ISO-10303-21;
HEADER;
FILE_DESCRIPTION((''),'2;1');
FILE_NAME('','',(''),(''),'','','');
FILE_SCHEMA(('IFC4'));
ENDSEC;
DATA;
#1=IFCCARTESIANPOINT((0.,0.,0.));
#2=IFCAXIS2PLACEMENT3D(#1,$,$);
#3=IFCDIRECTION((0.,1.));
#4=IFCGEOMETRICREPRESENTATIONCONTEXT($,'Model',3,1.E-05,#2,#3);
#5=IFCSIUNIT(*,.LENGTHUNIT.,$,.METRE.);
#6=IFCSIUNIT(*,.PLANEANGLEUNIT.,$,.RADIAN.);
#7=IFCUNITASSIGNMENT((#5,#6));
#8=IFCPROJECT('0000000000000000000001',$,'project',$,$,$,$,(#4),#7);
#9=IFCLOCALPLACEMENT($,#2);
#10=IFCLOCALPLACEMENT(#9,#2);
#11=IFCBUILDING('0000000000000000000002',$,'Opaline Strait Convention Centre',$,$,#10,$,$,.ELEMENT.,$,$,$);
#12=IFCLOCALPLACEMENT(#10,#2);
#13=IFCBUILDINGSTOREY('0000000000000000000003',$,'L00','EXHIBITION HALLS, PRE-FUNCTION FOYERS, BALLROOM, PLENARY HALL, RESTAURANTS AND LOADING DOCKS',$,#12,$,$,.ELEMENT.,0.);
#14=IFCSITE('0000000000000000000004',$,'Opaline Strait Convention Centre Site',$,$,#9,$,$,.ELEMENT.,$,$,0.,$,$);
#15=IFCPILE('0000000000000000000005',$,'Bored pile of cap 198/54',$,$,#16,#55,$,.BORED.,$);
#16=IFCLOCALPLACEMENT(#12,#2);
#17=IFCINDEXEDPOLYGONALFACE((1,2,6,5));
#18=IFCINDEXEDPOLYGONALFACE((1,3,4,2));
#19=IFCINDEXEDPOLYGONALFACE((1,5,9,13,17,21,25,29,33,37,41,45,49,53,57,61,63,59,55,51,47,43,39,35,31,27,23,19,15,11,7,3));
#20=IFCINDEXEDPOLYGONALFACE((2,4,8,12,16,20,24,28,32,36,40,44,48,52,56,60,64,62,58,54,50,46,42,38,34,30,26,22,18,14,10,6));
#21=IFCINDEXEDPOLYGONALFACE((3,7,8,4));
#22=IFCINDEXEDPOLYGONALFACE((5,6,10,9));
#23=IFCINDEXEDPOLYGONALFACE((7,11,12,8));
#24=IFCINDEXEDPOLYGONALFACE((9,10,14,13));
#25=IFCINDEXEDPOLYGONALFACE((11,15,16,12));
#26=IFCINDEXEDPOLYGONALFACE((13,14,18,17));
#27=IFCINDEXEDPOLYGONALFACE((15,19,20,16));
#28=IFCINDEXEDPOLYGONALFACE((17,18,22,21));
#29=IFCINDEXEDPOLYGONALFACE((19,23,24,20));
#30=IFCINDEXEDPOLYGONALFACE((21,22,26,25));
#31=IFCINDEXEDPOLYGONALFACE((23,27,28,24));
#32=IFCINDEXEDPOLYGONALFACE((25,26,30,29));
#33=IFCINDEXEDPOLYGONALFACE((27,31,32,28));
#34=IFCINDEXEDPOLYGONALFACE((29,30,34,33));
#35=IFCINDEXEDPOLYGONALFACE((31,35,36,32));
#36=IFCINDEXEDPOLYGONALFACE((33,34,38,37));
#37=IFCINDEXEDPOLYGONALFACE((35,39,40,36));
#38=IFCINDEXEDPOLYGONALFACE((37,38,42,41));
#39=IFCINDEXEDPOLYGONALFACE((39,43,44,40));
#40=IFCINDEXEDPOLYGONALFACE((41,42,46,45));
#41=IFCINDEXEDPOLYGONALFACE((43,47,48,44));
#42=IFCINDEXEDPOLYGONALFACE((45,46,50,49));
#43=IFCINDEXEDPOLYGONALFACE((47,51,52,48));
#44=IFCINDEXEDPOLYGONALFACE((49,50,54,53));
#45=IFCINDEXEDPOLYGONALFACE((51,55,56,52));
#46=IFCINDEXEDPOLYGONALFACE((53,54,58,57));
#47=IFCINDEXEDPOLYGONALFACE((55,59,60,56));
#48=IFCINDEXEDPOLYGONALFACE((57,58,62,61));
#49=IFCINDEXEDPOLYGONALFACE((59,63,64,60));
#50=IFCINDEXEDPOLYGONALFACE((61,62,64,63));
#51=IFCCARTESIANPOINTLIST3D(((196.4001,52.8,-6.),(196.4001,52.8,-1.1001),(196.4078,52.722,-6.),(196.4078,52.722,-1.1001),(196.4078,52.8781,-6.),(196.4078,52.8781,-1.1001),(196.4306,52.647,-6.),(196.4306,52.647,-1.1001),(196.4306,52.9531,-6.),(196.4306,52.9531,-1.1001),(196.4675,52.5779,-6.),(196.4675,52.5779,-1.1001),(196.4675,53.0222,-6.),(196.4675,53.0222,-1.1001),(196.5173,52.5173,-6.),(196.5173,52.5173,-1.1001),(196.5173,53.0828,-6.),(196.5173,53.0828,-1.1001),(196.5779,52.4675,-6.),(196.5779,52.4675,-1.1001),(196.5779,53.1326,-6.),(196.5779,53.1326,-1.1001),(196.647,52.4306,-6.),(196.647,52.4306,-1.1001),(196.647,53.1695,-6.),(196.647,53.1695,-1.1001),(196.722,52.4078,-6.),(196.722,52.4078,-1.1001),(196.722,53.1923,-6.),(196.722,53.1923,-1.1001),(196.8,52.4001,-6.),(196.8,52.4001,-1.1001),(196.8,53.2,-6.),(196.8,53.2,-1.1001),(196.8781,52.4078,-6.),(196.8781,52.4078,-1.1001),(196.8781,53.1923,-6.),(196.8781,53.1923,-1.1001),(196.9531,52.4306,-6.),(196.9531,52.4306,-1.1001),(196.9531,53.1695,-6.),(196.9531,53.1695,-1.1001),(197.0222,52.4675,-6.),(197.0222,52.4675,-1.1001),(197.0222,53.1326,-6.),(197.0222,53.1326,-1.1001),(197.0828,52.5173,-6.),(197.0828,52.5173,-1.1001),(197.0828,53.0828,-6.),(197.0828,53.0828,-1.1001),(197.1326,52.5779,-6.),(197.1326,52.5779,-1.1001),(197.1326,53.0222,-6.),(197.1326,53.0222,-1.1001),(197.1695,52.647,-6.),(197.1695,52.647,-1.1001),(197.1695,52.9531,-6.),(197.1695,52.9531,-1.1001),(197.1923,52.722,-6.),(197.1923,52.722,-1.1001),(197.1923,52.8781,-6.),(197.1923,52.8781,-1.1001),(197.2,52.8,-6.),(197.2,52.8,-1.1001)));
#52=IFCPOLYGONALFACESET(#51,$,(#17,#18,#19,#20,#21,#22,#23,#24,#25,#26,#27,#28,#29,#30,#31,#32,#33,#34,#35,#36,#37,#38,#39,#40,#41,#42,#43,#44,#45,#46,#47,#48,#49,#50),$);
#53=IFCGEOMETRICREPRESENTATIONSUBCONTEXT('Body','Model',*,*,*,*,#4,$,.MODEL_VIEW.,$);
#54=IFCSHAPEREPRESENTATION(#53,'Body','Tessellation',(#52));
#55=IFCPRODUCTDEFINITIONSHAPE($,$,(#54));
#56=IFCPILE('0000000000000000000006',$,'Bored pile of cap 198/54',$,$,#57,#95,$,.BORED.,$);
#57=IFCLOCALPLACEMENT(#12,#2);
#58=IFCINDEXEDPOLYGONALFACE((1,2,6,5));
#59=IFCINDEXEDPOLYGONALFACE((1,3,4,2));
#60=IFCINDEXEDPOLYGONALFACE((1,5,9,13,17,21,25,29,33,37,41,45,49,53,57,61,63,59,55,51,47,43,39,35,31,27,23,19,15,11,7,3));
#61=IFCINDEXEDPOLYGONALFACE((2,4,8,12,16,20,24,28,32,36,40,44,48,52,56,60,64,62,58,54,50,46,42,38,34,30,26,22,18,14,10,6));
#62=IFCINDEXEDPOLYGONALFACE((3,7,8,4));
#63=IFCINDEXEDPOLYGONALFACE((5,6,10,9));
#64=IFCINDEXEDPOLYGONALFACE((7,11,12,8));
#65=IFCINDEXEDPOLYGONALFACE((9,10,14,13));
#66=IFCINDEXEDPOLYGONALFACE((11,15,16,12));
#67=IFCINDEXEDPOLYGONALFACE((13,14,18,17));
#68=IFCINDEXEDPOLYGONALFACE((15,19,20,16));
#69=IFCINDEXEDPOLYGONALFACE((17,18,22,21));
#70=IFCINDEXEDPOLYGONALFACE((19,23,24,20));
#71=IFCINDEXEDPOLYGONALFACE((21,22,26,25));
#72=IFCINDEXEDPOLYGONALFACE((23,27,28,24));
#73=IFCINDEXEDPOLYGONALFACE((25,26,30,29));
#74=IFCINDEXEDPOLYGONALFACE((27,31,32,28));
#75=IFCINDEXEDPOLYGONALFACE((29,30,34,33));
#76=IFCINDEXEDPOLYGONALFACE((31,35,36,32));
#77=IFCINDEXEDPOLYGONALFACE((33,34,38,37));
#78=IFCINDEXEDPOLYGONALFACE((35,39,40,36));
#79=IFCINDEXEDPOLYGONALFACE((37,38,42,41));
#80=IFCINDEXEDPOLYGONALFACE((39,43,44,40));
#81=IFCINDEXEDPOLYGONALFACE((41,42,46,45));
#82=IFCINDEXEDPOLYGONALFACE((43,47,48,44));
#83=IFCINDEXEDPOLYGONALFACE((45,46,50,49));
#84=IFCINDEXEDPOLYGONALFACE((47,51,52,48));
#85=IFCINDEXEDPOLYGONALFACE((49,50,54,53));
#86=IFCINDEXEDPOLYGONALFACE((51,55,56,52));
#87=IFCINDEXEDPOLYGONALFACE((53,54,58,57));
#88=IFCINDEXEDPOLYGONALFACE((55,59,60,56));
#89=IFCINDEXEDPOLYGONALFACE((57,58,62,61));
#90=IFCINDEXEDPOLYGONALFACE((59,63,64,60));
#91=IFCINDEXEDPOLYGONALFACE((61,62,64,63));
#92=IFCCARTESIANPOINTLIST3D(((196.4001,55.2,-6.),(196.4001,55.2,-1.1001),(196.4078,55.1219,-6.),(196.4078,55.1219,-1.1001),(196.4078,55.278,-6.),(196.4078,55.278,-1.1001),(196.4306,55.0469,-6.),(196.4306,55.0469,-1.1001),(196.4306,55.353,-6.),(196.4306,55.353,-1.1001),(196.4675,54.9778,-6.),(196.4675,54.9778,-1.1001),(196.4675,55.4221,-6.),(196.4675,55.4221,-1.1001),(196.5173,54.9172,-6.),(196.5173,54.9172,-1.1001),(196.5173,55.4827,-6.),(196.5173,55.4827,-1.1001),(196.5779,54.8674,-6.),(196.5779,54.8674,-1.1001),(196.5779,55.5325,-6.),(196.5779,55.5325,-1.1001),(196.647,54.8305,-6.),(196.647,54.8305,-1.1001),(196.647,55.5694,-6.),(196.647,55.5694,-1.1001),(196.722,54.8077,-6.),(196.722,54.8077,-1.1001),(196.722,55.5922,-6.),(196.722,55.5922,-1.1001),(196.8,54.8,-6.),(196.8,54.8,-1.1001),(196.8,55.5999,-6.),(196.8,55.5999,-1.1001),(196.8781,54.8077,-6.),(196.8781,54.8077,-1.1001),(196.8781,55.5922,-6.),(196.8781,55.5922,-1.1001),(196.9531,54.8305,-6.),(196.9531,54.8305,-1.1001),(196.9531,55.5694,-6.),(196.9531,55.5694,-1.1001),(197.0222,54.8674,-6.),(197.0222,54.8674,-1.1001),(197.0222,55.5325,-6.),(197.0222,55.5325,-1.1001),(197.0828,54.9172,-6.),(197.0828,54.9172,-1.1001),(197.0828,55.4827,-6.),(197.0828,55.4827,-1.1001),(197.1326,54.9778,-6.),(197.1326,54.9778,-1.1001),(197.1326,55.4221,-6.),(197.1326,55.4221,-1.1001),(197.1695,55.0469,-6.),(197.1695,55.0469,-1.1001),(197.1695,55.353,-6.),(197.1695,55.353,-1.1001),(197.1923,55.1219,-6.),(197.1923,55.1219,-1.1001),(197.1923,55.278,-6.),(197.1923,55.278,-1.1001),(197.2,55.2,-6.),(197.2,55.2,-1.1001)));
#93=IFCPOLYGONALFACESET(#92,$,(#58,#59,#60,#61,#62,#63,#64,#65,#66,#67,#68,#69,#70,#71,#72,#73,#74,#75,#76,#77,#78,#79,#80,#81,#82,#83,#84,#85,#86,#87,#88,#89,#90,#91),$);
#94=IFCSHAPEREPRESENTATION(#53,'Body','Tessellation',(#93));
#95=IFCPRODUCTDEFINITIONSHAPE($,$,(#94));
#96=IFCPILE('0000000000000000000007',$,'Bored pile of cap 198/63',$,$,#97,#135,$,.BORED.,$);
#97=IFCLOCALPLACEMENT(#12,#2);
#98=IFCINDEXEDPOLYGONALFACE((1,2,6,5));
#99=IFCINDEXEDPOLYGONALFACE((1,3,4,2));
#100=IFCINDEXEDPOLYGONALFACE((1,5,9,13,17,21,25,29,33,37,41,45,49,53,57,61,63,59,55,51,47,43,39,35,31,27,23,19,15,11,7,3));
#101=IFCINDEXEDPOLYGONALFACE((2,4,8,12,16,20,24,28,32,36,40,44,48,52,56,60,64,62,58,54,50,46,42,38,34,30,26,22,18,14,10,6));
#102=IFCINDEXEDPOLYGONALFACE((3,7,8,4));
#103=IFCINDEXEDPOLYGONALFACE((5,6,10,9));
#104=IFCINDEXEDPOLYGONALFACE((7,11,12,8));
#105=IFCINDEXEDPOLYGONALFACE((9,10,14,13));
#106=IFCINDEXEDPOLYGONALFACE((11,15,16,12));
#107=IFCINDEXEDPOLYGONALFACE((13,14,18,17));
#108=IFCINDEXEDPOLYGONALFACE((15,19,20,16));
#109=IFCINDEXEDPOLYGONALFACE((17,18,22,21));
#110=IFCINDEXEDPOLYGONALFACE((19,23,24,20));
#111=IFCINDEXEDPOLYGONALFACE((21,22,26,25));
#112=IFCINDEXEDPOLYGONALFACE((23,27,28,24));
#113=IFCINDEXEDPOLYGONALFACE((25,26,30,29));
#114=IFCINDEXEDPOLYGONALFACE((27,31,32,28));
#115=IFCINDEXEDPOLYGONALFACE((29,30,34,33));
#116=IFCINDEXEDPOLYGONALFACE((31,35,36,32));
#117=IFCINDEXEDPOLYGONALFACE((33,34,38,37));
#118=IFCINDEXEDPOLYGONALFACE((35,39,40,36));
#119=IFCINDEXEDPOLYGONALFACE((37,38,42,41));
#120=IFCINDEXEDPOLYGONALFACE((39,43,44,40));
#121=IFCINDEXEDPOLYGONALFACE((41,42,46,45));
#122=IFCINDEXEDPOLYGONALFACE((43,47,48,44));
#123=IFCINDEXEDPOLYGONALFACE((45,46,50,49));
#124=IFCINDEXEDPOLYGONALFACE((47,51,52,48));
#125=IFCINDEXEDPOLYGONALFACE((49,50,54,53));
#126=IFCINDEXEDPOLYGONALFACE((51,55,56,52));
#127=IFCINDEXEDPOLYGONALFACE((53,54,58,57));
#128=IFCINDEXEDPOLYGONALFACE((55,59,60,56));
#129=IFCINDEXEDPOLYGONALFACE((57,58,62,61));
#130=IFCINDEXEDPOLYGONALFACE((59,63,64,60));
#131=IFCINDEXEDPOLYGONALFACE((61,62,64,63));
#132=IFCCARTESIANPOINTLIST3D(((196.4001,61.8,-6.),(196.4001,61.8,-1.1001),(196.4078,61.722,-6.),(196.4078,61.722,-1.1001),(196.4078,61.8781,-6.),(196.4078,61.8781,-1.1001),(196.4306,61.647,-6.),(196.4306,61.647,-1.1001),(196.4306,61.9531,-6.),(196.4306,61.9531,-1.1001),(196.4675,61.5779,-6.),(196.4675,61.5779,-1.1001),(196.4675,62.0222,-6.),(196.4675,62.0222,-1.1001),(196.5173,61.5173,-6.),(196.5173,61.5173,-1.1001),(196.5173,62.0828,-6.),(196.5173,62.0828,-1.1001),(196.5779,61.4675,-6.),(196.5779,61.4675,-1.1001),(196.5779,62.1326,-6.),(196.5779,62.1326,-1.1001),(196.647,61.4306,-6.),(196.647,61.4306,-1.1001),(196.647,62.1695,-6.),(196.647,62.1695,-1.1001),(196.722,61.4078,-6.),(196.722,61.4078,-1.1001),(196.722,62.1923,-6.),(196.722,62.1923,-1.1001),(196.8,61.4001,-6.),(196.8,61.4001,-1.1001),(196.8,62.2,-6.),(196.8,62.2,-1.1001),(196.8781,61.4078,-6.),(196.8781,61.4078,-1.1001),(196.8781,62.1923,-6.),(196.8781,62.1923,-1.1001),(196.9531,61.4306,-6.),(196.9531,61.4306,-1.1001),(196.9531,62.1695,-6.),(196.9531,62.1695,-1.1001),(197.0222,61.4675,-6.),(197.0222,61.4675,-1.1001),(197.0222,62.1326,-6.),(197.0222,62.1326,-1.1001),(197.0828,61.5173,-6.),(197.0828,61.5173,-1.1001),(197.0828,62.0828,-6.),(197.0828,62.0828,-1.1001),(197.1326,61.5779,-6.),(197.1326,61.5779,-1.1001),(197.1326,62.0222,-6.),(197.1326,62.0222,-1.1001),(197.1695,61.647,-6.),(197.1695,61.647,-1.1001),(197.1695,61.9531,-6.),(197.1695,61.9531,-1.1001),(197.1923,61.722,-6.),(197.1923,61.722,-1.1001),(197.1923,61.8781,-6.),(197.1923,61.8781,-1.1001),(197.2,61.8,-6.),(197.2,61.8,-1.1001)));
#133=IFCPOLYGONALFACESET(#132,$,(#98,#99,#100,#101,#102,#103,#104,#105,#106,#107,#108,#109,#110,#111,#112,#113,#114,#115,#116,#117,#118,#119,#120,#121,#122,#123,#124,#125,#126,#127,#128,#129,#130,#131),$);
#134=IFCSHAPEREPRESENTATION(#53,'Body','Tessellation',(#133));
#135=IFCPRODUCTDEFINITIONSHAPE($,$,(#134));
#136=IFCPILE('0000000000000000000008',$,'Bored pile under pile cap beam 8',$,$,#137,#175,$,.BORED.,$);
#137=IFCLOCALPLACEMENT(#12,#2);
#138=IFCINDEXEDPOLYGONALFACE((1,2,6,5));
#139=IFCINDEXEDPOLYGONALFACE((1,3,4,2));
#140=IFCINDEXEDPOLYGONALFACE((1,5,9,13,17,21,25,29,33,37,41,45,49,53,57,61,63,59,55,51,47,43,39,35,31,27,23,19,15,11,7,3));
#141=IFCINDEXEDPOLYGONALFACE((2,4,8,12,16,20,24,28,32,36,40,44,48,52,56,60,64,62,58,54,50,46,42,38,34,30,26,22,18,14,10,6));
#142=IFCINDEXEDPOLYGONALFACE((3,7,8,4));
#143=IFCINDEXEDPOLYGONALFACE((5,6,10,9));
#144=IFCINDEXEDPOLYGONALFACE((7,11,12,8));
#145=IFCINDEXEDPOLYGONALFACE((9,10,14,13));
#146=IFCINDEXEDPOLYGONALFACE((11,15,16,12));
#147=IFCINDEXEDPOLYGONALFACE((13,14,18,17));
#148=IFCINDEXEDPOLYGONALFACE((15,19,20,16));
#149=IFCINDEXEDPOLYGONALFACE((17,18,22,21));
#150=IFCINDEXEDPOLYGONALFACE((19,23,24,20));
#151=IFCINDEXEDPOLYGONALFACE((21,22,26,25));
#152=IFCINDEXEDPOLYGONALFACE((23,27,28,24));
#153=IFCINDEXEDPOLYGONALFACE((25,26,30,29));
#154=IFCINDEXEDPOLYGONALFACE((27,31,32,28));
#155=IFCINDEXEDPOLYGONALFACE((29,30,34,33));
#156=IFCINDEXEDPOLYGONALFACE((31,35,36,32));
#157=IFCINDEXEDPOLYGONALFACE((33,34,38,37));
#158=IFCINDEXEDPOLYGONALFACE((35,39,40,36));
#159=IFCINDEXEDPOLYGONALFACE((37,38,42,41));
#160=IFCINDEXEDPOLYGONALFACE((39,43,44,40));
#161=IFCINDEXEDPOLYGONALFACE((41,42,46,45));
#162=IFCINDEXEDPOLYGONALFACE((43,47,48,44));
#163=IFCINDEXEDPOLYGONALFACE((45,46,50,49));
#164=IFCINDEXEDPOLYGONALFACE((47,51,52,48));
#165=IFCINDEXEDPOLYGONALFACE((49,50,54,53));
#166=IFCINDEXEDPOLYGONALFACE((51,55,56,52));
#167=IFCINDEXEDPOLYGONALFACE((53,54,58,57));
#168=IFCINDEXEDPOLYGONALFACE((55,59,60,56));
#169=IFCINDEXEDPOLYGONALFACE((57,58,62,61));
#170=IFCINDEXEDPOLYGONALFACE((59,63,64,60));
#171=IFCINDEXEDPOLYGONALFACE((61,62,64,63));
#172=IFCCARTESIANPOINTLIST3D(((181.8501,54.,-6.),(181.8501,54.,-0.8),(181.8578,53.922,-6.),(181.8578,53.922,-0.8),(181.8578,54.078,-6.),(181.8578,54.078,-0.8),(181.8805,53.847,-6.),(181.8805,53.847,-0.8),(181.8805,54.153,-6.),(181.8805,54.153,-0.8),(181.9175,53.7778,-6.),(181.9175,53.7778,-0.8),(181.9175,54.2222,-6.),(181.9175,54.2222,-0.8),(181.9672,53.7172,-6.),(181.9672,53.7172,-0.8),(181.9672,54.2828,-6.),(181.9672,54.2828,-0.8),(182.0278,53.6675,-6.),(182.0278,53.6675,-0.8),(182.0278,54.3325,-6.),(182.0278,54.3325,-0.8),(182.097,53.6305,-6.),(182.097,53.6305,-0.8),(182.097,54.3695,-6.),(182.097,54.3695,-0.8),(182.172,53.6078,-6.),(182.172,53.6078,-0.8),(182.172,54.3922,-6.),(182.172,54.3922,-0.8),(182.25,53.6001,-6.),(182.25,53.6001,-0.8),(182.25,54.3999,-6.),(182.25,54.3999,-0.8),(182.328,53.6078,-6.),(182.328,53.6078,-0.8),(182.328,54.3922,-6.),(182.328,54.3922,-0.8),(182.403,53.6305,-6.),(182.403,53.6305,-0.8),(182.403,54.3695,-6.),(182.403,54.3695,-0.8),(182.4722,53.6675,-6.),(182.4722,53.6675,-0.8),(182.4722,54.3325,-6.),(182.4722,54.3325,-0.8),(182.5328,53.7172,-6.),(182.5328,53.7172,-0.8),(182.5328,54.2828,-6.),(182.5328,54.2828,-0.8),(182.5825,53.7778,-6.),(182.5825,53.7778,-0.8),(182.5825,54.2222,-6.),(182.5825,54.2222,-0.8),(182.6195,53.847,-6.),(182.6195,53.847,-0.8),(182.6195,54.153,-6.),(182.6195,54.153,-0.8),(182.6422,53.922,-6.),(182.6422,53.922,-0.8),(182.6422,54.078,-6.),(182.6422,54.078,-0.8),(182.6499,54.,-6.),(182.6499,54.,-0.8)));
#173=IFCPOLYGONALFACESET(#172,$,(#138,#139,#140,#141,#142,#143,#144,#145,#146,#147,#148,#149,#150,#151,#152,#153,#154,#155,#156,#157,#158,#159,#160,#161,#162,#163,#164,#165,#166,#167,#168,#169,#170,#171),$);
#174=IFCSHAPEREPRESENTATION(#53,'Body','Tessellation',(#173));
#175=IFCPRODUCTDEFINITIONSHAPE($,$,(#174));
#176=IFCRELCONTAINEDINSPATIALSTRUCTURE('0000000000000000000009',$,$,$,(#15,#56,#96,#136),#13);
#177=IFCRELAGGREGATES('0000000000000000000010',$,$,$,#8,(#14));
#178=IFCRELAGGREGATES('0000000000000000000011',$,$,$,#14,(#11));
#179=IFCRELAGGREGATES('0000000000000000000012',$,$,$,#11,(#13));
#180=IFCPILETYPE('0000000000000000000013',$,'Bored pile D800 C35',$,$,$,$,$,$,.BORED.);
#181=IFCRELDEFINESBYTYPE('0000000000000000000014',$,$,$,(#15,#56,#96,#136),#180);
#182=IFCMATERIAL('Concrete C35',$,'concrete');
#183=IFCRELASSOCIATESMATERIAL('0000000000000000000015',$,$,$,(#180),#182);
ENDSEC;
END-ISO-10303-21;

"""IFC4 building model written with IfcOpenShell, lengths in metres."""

from ifc_helpers import new_model, si_unit, direction, frame, origin, origin_2d, place, context, subcontext, project, spatial, circle, extrude, material, material_profile, profile_set, type_object, element, save


model = new_model("IFC4")

# Units and contexts
model_context = context("Model", 3, precision=1e-05, world=origin(), true_north=direction((0.0, 1.0)))
body_context = subcontext(model_context, "Body", "Model", "MODEL_VIEW")
ifc_project = project(units=[si_unit("LENGTHUNIT", "METRE"), si_unit("PLANEANGLEUNIT", "RADIAN")], contexts=[model_context])

# Site, building, storey
site_placement = place(None, origin())
site = spatial("IfcSite", under=ifc_project, at=site_placement, Name="Opaline Strait Convention Centre Site", CompositionType="ELEMENT", RefElevation=0.0)
building_placement = place(site_placement, origin())
building = spatial("IfcBuilding", under=site, at=building_placement, Name="Opaline Strait Convention Centre", CompositionType="ELEMENT")
storey_placement = place(building_placement, origin())
storey = spatial("IfcBuildingStorey", under=building, at=storey_placement, Name="L00", Description="EXHIBITION HALLS, PRE-FUNCTION FOYERS, BALLROOM, PLENARY HALL, RESTAURANTS AND LOADING DOCKS", CompositionType="ELEMENT", Elevation=0.0)

# Piles
ifc_material_1 = material(Name="Concrete C35", Category="concrete")
ifc_material_profile_1 = material_profile(ifc_material_1, circle(Radius=0.3999, at=origin_2d()), Name="D800")
ifc_profile_set_1 = profile_set([ifc_material_profile_1], Name="Concrete C35")
pile_type_1 = type_object("IfcPileType", Name="Bored pile D800 C35", PredefinedType="BORED", material=ifc_profile_set_1)
for number, where, z_axis, x_axis, name in (
    (1, (196.8, 52.8, -1.1001), (0.0, 0.0, -1.0), (1.0, 0.0, 0.0), "Bored pile of cap 198/54"),
    (2, (196.8, 55.2, -1.1001), (0.0, 0.0, -1.0), (1.0, 0.0, 0.0), "Bored pile of cap 198/54"),
    (3, (196.8, 61.8, -1.1001), (0.0, 0.0, -1.0), (1.0, 0.0, 0.0), "Bored pile of cap 198/63"),
):
    element("IfcPile", number, at=place(storey_placement, frame(where, z_axis=z_axis, x_axis=x_axis)), inside=storey, type_object=pile_type_1, Name=name, PredefinedType="BORED", context=body_context, shape_type="SweptSolid", body=[
        extrude(circle(Radius=0.3999, at=origin_2d()), origin(), (0.0, 0.0, 1.0), 4.8999),
    ])
for number, where, z_axis, x_axis, name in (
    (4, (182.25, 54.0, -0.8), (0.0, 0.0, -1.0), (1.0, 0.0, 0.0), "Bored pile under pile cap beam 8"),
):
    element("IfcPile", number, at=place(storey_placement, frame(where, z_axis=z_axis, x_axis=x_axis)), inside=storey, type_object=pile_type_1, Name=name, PredefinedType="BORED", context=body_context, shape_type="SweptSolid", body=[
        extrude(circle(Radius=0.3999, at=origin_2d()), origin(), (0.0, 0.0, 1.0), 5.2),
    ])

save(model, "model.ifc")
